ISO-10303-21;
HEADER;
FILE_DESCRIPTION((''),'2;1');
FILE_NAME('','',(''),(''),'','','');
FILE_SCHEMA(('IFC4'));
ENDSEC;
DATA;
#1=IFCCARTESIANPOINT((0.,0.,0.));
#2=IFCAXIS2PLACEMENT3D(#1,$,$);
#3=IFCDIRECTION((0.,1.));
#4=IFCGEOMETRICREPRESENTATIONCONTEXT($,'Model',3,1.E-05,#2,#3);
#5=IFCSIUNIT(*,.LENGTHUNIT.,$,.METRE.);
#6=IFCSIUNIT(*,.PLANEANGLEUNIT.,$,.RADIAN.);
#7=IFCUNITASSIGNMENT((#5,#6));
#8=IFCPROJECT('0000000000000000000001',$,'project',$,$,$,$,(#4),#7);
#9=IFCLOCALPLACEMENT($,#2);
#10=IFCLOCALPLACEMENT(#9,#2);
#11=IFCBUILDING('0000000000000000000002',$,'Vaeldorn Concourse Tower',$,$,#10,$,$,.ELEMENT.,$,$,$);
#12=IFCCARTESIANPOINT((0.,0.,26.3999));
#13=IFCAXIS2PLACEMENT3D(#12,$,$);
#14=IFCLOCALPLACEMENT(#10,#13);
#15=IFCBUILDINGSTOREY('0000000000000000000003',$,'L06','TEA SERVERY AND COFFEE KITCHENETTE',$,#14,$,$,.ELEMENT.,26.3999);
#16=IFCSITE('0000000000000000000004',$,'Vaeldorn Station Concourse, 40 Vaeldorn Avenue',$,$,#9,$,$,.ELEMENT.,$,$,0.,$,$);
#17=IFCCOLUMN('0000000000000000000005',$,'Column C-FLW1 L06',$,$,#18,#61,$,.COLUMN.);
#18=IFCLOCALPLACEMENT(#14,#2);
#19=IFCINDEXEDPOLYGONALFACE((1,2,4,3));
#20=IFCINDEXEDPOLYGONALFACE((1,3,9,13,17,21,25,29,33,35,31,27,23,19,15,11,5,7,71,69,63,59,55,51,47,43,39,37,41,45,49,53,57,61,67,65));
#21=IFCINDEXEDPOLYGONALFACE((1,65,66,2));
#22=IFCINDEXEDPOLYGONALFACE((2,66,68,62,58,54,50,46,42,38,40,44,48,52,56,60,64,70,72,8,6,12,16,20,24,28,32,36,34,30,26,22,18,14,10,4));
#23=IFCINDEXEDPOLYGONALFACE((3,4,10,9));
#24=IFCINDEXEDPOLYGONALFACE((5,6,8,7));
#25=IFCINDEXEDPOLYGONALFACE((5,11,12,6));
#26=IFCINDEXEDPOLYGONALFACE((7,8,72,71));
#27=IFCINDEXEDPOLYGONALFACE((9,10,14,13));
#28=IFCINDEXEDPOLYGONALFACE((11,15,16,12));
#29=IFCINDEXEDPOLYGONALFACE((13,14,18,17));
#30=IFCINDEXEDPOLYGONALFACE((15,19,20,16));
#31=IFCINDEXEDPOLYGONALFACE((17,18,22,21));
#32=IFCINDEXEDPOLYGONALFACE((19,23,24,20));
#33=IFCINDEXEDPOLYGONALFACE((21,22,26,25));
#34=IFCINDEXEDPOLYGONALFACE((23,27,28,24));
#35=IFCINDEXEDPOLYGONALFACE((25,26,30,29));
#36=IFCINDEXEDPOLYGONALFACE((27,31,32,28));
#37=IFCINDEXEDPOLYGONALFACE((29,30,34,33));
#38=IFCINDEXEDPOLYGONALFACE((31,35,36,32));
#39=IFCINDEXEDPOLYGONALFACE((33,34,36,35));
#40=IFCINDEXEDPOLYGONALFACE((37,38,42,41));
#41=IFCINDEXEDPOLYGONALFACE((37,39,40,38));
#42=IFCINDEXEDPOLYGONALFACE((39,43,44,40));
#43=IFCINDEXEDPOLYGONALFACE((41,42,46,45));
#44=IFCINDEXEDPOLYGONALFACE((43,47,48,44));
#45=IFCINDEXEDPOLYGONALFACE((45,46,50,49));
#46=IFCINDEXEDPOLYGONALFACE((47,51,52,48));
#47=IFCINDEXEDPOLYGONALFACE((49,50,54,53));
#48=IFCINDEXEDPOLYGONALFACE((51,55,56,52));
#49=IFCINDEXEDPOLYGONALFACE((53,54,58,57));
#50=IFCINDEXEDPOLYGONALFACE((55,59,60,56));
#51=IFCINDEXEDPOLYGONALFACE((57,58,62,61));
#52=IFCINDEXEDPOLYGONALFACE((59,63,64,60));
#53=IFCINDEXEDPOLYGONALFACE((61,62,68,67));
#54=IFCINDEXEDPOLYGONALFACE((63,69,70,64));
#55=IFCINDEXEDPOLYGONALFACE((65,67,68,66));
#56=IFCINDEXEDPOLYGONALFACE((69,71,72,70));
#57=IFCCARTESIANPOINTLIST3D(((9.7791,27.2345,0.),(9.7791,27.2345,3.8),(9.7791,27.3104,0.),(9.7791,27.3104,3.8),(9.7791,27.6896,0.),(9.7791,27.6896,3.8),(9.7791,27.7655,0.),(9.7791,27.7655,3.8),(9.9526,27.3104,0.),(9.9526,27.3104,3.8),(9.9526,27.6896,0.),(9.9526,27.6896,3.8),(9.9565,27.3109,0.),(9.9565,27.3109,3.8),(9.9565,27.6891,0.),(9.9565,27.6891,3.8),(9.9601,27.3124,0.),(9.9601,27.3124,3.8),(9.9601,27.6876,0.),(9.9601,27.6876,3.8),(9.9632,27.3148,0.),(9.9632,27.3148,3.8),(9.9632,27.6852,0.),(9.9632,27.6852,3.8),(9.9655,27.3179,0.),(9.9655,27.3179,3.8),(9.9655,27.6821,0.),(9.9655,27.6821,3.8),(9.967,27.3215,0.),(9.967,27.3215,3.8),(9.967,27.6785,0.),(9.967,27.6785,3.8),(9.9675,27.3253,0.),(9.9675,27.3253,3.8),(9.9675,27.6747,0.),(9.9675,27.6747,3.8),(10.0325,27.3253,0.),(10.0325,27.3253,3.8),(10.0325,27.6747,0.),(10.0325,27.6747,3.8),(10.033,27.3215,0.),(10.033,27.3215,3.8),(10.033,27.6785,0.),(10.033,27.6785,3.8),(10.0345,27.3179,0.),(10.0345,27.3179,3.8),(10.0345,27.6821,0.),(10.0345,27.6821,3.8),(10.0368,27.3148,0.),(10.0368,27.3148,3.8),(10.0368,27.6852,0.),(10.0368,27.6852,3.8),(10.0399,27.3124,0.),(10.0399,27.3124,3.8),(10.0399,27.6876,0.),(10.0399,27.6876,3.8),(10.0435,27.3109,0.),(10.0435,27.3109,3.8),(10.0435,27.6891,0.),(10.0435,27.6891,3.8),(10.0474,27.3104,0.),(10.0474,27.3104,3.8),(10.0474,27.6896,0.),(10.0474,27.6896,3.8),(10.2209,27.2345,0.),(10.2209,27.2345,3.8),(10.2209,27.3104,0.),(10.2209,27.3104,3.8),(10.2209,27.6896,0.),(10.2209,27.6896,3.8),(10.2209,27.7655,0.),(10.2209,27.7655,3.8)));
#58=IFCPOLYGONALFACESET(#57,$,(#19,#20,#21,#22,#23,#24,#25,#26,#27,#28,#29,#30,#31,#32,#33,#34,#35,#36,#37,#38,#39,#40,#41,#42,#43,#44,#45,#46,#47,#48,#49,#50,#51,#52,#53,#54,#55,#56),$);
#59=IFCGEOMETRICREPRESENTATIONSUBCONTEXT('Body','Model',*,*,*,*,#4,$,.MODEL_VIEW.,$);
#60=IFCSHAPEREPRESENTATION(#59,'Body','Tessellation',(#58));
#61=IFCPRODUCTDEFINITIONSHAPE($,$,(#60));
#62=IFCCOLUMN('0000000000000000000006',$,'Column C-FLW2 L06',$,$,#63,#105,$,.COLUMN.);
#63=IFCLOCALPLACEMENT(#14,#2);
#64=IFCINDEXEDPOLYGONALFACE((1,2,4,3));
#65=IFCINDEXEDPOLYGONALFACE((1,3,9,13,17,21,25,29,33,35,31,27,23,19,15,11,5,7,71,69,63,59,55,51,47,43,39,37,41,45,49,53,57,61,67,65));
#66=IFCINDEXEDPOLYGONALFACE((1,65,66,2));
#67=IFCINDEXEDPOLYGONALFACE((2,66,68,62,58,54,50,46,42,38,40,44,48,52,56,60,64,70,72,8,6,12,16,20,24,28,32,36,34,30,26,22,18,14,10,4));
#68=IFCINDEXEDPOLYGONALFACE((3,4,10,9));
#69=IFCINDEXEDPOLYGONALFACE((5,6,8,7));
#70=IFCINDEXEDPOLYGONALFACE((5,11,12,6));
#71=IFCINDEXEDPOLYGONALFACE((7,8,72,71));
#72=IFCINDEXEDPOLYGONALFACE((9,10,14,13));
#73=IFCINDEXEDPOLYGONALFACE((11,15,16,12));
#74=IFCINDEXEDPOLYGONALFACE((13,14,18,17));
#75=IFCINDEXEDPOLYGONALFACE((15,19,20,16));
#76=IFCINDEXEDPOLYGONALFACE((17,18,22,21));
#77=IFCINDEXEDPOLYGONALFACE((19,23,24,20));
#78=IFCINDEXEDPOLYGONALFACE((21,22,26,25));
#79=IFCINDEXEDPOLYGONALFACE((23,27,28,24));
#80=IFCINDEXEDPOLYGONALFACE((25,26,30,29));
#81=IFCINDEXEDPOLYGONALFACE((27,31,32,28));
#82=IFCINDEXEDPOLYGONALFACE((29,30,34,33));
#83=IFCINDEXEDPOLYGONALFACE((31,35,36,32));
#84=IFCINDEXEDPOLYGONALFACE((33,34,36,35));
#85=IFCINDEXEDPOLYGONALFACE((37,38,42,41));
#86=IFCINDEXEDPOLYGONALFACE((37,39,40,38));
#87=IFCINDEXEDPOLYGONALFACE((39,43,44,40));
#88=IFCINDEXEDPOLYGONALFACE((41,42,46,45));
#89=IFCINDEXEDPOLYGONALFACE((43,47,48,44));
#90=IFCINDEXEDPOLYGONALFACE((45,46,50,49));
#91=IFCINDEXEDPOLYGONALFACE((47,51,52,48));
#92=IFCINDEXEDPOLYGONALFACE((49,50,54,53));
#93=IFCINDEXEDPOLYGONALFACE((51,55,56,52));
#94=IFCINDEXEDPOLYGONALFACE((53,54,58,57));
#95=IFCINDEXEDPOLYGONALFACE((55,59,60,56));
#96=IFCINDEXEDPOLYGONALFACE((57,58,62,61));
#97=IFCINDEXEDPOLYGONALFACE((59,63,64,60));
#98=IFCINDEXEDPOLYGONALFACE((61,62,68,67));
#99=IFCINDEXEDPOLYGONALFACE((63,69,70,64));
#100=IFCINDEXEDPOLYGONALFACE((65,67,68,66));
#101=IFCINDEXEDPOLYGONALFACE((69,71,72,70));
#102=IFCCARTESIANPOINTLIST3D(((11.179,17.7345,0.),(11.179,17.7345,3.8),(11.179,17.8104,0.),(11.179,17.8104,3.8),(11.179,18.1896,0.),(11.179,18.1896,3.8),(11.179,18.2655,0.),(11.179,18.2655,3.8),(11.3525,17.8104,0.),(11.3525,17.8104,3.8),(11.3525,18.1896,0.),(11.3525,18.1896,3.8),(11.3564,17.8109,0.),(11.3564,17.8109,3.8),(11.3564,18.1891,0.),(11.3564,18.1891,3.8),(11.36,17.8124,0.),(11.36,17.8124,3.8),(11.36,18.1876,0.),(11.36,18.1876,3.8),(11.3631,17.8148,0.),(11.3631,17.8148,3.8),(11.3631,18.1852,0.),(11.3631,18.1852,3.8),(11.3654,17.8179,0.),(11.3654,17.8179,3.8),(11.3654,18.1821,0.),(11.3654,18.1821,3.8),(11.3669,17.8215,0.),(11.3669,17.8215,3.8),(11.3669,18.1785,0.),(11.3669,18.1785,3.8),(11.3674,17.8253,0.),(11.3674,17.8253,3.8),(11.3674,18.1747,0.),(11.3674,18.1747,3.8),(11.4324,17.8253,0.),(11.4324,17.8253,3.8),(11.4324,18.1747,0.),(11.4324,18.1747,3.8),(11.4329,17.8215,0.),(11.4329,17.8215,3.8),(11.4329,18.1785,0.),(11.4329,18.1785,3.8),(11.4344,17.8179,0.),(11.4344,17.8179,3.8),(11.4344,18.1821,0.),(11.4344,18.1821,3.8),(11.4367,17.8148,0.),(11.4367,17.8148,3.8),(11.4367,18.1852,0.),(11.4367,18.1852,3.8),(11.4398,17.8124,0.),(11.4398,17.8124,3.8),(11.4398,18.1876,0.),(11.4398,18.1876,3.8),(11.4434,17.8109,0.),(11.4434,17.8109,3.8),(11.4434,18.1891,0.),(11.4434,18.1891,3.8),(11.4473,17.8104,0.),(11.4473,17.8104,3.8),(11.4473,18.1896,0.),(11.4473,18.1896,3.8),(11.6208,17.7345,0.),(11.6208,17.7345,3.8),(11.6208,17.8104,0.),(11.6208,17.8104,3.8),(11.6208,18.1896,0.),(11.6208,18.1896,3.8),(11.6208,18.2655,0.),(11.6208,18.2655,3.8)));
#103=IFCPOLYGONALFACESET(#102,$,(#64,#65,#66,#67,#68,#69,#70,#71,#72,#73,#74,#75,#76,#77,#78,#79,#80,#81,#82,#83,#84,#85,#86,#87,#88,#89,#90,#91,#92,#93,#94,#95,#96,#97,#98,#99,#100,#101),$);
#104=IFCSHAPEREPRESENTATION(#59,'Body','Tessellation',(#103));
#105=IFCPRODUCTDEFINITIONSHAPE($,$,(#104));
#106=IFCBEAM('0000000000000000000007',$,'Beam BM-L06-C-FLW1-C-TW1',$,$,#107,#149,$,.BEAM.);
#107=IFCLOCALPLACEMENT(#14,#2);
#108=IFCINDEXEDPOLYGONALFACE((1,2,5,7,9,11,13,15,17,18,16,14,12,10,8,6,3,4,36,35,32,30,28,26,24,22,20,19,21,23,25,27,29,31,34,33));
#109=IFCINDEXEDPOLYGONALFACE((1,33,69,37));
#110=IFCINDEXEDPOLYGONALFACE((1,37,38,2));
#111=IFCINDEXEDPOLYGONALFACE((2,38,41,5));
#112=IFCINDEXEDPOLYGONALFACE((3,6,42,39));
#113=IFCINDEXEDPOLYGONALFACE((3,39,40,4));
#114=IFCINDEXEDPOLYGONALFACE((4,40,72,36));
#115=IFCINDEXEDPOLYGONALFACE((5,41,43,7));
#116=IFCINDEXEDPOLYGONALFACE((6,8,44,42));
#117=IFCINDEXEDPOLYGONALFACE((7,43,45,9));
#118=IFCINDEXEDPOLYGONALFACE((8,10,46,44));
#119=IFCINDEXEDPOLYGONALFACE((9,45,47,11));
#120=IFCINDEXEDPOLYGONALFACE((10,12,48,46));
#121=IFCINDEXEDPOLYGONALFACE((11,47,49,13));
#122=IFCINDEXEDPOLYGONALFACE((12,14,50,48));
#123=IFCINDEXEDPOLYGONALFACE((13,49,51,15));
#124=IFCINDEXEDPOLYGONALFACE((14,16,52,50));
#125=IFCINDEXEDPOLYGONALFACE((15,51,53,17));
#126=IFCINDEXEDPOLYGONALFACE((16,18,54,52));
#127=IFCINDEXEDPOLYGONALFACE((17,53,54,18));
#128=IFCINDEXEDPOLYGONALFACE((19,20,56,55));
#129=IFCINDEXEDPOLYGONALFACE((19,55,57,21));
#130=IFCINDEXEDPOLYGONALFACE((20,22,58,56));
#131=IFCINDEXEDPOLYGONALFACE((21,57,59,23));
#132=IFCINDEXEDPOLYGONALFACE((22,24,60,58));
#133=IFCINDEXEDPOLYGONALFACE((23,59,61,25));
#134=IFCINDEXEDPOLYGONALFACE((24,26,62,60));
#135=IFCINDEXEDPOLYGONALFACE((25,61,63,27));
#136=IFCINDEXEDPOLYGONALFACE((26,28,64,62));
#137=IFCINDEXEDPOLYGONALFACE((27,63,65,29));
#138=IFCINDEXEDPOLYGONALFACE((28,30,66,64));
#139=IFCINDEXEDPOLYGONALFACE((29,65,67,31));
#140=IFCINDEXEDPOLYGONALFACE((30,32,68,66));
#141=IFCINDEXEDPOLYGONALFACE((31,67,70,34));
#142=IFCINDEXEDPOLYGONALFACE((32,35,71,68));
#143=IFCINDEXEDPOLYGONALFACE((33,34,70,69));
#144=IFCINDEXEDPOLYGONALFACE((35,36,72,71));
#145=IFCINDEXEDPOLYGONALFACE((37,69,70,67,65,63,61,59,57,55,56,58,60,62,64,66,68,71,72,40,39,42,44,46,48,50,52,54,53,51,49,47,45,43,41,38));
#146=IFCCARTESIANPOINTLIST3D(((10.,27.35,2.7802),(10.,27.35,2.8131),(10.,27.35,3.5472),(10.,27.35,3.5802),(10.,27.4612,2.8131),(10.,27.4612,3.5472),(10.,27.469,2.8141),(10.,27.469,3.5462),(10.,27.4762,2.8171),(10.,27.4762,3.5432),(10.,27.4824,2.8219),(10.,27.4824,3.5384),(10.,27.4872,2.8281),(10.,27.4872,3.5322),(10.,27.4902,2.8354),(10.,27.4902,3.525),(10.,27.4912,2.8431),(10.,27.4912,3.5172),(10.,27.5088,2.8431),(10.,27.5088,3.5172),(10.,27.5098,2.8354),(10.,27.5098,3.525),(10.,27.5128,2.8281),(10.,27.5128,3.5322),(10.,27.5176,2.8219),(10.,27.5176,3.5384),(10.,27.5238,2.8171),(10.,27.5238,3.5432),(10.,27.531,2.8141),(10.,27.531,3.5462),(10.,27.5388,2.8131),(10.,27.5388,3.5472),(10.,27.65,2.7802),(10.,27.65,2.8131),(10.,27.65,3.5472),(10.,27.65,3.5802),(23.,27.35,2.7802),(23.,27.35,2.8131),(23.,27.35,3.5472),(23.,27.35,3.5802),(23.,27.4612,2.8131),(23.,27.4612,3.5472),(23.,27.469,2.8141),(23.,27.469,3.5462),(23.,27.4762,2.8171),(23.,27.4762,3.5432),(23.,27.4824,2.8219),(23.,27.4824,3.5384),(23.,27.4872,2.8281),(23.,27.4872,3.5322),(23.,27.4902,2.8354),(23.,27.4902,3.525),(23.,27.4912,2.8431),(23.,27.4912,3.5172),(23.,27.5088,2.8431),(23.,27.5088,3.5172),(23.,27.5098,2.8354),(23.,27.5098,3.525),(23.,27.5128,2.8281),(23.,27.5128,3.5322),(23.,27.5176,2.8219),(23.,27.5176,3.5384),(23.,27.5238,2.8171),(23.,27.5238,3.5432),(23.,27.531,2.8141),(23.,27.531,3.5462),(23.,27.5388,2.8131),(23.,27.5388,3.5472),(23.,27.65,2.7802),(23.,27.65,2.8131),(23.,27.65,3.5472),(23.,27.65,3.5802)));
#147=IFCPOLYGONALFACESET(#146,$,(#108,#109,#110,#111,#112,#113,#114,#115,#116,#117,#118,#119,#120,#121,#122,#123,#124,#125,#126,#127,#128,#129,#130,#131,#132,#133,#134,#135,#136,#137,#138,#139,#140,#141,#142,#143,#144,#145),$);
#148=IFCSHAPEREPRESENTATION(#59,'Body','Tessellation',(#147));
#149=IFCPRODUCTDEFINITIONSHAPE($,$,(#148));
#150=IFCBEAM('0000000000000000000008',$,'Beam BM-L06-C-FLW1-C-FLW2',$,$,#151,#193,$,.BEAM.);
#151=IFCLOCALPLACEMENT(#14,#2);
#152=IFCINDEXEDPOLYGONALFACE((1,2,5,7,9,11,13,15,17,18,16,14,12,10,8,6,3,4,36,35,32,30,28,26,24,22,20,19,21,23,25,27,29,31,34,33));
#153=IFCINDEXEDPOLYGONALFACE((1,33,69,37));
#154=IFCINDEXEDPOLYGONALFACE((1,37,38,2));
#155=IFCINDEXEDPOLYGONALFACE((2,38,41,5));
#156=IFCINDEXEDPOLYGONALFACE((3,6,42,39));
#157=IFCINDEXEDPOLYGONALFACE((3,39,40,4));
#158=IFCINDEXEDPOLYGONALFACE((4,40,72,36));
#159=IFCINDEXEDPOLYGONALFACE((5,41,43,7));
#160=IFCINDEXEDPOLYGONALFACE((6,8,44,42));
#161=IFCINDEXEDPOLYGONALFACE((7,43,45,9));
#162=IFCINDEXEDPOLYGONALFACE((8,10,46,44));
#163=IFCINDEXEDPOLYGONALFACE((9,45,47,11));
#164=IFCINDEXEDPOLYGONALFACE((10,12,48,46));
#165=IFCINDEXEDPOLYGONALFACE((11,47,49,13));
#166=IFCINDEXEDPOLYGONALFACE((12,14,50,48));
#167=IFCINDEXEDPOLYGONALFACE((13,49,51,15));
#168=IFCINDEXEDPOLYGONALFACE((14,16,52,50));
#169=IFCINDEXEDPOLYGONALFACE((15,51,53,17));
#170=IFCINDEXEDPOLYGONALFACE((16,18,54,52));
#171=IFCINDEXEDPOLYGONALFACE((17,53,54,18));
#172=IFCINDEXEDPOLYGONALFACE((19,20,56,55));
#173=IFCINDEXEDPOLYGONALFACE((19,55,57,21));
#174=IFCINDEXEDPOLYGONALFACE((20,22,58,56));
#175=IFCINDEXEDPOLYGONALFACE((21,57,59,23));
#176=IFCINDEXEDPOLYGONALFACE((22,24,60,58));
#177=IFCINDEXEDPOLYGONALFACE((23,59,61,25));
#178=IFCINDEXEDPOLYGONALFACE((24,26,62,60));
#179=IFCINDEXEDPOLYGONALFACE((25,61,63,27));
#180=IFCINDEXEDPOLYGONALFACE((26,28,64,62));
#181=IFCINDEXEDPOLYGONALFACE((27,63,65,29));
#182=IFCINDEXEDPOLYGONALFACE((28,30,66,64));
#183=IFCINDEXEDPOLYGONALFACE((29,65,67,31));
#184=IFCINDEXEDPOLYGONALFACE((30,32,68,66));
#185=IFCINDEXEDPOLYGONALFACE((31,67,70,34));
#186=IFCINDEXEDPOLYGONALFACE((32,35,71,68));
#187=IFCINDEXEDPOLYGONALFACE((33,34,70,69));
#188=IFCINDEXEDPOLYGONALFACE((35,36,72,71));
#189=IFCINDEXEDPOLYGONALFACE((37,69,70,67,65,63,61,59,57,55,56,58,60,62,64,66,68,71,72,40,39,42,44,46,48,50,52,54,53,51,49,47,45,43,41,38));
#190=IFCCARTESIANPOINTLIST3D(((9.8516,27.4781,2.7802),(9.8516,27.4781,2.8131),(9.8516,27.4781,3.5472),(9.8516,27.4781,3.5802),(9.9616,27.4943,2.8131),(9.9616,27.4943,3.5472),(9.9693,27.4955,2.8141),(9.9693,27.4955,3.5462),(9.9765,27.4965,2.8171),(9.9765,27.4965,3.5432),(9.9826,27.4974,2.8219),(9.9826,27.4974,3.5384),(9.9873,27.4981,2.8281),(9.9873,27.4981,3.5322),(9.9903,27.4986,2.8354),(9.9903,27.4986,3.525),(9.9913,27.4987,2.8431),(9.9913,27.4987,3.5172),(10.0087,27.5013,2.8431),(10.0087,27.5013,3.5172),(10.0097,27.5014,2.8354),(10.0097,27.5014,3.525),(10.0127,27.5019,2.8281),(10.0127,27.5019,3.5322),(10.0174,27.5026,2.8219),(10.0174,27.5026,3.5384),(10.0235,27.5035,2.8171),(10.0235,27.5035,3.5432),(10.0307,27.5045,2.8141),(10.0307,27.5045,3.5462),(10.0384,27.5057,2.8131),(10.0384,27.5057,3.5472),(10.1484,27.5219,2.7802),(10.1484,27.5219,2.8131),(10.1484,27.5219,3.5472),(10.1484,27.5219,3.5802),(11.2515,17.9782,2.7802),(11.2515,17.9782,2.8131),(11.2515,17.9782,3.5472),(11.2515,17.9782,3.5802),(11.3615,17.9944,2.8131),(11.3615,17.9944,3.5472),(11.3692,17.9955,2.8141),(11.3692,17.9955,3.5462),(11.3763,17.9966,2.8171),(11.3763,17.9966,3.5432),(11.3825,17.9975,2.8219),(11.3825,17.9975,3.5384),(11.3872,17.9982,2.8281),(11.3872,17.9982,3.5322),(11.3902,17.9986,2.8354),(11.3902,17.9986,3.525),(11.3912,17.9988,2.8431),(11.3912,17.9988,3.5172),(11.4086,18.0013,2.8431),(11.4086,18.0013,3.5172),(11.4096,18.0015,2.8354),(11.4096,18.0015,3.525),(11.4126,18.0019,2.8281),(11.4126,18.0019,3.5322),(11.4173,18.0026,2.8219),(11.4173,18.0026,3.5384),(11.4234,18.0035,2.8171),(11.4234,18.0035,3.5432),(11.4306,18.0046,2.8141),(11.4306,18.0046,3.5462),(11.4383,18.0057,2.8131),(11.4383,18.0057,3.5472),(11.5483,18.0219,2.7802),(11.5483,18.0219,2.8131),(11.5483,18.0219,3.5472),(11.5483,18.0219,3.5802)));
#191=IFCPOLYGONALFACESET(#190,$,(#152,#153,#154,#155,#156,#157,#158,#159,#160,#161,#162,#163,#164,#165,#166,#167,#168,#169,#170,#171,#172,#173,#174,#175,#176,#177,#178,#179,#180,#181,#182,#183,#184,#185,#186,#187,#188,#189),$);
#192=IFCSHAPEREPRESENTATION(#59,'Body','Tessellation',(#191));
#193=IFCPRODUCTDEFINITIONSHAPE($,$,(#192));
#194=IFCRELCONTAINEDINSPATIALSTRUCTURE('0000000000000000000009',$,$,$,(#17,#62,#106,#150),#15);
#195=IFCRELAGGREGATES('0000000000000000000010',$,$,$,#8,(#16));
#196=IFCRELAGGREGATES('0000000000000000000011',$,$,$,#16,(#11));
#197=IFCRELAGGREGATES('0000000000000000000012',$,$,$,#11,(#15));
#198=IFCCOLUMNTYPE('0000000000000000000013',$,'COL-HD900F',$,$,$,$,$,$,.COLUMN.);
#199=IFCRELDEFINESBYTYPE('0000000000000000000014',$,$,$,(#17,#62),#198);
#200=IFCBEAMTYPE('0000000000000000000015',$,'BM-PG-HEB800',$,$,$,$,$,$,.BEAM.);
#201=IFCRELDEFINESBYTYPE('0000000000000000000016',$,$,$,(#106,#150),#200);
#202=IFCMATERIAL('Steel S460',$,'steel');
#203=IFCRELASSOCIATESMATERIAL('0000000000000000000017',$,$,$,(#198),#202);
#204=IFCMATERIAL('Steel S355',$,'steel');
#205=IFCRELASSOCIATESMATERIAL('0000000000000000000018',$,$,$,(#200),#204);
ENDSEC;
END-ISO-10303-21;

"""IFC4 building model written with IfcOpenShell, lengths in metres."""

from ifc_helpers import new_model, si_unit, direction, frame, origin, origin_2d, place, context, subcontext, project, spatial, i_section, extrude, source, transform, mapped, material, material_profile, profile_set, type_object, element, save


model = new_model("IFC4")

# Units and contexts
model_context = context("Model", 3, precision=1e-05, world=origin(), true_north=direction((0.0, 1.0)))
body_context = subcontext(model_context, "Body", "Model", "MODEL_VIEW")
ifc_project = project(units=[si_unit("LENGTHUNIT", "METRE"), si_unit("PLANEANGLEUNIT", "RADIAN")], contexts=[model_context])

# Site, building, storey
site_placement = place(None, origin())
site = spatial("IfcSite", under=ifc_project, at=site_placement, Name="Vaeldorn Station Concourse, 40 Vaeldorn Avenue", CompositionType="ELEMENT", RefElevation=0.0)
building_placement = place(site_placement, origin())
building = spatial("IfcBuilding", under=site, at=building_placement, Name="Vaeldorn Concourse Tower", CompositionType="ELEMENT")
storey_placement = place(building_placement, frame((0.0, 0.0, 26.3999)))
storey = spatial("IfcBuildingStorey", under=building, at=storey_placement, Name="L06", Description="TEA SERVERY AND COFFEE KITCHENETTE", CompositionType="ELEMENT", Elevation=26.3999)

# Columns
ifc_material_1 = material(Name="Steel S460", Category="steel")
ifc_material_profile_1 = material_profile(ifc_material_1, i_section(OverallWidth=0.4419, OverallDepth=0.531, WebThickness=0.0649, FlangeThickness=0.0759, FilletRadius=0.0149, at=origin_2d()), Name="HD 400x900")
ifc_profile_set_1 = profile_set([ifc_material_profile_1], Name="Steel S460")
column_type = type_object("IfcColumnType", Name="COL-HD900F", PredefinedType="COLUMN", material=ifc_profile_set_1)
shared_shape_1 = source(origin(), body_context, "Body", "SweptSolid", [
    extrude(i_section(OverallWidth=0.4419, OverallDepth=0.531, WebThickness=0.0649, FlangeThickness=0.0759, FilletRadius=0.0149, at=origin_2d()), origin(), (0.0, 0.0, 1.0), 3.8),
])
for number, where, z_axis, x_axis, name in (
    (1, (10.0, 27.5, 0.0), (0.0, 0.0, 1.0), (1.0, 0.0, 0.0), "Column C-FLW1 L06"),
    (2, (11.3999, 18.0, 0.0), (0.0, 0.0, 1.0), (1.0, 0.0, 0.0), "Column C-FLW2 L06"),
):
    element("IfcColumn", number, at=place(storey_placement, frame(where, z_axis=z_axis, x_axis=x_axis)), inside=storey, type_object=column_type, Name=name, PredefinedType="COLUMN", context=body_context, shape_type="MappedRepresentation", body=[
        mapped(shared_shape_1, transform((0.0, 0.0, 0.0), scale=1.0)),
    ])

# Beams
ifc_material_2 = material(Name="Steel S355", Category="steel")
ifc_material_profile_2 = material_profile(ifc_material_2, i_section(OverallWidth=0.3, OverallDepth=0.8, WebThickness=0.0176, FlangeThickness=0.033, FilletRadius=0.03, at=origin_2d()), Name="HEB 800")
ifc_profile_set_2 = profile_set([ifc_material_profile_2], Name="Steel S355")
beam_type_1 = type_object("IfcBeamType", Name="BM-PG-HEB800", PredefinedType="BEAM", material=ifc_profile_set_2)
shared_shape_2 = source(origin(), body_context, "Body", "SweptSolid", [
    extrude(i_section(OverallWidth=0.3, OverallDepth=0.8, WebThickness=0.0176, FlangeThickness=0.033, FilletRadius=0.03, at=origin_2d()), origin(), (0.0, 0.0, 1.0), 13.0),
])
beam_1_placement = place(storey_placement, frame((10.0, 27.5, 3.1802), z_axis=(1.0, 0.0, 0.0), x_axis=(0.0, 1.0, 0.0)))
element("IfcBeam", 3, at=beam_1_placement, inside=storey, type_object=beam_type_1, Name="Beam BM-L06-C-FLW1-C-TW1", PredefinedType="BEAM", context=body_context, shape_type="MappedRepresentation", body=[
    mapped(shared_shape_2, transform((0.0, 0.0, 0.0), scale=1.0)),
])
shared_shape_3 = source(origin(), body_context, "Body", "SweptSolid", [
    extrude(i_section(OverallWidth=0.3, OverallDepth=0.8, WebThickness=0.0176, FlangeThickness=0.033, FilletRadius=0.03, at=origin_2d()), origin(), (0.0, 0.0, 1.0), 9.6025),
])
beam_2_placement = place(storey_placement, frame((10.0, 27.5, 3.1802), z_axis=(0.145784, -0.989316, 0.0), x_axis=(0.989316, 0.145784, 0.0)))
element("IfcBeam", 4, at=beam_2_placement, inside=storey, type_object=beam_type_1, Name="Beam BM-L06-C-FLW1-C-FLW2", PredefinedType="BEAM", context=body_context, shape_type="MappedRepresentation", body=[
    mapped(shared_shape_3, transform((0.0, 0.0, 0.0), scale=1.0)),
])

save(model, "model.ifc")
